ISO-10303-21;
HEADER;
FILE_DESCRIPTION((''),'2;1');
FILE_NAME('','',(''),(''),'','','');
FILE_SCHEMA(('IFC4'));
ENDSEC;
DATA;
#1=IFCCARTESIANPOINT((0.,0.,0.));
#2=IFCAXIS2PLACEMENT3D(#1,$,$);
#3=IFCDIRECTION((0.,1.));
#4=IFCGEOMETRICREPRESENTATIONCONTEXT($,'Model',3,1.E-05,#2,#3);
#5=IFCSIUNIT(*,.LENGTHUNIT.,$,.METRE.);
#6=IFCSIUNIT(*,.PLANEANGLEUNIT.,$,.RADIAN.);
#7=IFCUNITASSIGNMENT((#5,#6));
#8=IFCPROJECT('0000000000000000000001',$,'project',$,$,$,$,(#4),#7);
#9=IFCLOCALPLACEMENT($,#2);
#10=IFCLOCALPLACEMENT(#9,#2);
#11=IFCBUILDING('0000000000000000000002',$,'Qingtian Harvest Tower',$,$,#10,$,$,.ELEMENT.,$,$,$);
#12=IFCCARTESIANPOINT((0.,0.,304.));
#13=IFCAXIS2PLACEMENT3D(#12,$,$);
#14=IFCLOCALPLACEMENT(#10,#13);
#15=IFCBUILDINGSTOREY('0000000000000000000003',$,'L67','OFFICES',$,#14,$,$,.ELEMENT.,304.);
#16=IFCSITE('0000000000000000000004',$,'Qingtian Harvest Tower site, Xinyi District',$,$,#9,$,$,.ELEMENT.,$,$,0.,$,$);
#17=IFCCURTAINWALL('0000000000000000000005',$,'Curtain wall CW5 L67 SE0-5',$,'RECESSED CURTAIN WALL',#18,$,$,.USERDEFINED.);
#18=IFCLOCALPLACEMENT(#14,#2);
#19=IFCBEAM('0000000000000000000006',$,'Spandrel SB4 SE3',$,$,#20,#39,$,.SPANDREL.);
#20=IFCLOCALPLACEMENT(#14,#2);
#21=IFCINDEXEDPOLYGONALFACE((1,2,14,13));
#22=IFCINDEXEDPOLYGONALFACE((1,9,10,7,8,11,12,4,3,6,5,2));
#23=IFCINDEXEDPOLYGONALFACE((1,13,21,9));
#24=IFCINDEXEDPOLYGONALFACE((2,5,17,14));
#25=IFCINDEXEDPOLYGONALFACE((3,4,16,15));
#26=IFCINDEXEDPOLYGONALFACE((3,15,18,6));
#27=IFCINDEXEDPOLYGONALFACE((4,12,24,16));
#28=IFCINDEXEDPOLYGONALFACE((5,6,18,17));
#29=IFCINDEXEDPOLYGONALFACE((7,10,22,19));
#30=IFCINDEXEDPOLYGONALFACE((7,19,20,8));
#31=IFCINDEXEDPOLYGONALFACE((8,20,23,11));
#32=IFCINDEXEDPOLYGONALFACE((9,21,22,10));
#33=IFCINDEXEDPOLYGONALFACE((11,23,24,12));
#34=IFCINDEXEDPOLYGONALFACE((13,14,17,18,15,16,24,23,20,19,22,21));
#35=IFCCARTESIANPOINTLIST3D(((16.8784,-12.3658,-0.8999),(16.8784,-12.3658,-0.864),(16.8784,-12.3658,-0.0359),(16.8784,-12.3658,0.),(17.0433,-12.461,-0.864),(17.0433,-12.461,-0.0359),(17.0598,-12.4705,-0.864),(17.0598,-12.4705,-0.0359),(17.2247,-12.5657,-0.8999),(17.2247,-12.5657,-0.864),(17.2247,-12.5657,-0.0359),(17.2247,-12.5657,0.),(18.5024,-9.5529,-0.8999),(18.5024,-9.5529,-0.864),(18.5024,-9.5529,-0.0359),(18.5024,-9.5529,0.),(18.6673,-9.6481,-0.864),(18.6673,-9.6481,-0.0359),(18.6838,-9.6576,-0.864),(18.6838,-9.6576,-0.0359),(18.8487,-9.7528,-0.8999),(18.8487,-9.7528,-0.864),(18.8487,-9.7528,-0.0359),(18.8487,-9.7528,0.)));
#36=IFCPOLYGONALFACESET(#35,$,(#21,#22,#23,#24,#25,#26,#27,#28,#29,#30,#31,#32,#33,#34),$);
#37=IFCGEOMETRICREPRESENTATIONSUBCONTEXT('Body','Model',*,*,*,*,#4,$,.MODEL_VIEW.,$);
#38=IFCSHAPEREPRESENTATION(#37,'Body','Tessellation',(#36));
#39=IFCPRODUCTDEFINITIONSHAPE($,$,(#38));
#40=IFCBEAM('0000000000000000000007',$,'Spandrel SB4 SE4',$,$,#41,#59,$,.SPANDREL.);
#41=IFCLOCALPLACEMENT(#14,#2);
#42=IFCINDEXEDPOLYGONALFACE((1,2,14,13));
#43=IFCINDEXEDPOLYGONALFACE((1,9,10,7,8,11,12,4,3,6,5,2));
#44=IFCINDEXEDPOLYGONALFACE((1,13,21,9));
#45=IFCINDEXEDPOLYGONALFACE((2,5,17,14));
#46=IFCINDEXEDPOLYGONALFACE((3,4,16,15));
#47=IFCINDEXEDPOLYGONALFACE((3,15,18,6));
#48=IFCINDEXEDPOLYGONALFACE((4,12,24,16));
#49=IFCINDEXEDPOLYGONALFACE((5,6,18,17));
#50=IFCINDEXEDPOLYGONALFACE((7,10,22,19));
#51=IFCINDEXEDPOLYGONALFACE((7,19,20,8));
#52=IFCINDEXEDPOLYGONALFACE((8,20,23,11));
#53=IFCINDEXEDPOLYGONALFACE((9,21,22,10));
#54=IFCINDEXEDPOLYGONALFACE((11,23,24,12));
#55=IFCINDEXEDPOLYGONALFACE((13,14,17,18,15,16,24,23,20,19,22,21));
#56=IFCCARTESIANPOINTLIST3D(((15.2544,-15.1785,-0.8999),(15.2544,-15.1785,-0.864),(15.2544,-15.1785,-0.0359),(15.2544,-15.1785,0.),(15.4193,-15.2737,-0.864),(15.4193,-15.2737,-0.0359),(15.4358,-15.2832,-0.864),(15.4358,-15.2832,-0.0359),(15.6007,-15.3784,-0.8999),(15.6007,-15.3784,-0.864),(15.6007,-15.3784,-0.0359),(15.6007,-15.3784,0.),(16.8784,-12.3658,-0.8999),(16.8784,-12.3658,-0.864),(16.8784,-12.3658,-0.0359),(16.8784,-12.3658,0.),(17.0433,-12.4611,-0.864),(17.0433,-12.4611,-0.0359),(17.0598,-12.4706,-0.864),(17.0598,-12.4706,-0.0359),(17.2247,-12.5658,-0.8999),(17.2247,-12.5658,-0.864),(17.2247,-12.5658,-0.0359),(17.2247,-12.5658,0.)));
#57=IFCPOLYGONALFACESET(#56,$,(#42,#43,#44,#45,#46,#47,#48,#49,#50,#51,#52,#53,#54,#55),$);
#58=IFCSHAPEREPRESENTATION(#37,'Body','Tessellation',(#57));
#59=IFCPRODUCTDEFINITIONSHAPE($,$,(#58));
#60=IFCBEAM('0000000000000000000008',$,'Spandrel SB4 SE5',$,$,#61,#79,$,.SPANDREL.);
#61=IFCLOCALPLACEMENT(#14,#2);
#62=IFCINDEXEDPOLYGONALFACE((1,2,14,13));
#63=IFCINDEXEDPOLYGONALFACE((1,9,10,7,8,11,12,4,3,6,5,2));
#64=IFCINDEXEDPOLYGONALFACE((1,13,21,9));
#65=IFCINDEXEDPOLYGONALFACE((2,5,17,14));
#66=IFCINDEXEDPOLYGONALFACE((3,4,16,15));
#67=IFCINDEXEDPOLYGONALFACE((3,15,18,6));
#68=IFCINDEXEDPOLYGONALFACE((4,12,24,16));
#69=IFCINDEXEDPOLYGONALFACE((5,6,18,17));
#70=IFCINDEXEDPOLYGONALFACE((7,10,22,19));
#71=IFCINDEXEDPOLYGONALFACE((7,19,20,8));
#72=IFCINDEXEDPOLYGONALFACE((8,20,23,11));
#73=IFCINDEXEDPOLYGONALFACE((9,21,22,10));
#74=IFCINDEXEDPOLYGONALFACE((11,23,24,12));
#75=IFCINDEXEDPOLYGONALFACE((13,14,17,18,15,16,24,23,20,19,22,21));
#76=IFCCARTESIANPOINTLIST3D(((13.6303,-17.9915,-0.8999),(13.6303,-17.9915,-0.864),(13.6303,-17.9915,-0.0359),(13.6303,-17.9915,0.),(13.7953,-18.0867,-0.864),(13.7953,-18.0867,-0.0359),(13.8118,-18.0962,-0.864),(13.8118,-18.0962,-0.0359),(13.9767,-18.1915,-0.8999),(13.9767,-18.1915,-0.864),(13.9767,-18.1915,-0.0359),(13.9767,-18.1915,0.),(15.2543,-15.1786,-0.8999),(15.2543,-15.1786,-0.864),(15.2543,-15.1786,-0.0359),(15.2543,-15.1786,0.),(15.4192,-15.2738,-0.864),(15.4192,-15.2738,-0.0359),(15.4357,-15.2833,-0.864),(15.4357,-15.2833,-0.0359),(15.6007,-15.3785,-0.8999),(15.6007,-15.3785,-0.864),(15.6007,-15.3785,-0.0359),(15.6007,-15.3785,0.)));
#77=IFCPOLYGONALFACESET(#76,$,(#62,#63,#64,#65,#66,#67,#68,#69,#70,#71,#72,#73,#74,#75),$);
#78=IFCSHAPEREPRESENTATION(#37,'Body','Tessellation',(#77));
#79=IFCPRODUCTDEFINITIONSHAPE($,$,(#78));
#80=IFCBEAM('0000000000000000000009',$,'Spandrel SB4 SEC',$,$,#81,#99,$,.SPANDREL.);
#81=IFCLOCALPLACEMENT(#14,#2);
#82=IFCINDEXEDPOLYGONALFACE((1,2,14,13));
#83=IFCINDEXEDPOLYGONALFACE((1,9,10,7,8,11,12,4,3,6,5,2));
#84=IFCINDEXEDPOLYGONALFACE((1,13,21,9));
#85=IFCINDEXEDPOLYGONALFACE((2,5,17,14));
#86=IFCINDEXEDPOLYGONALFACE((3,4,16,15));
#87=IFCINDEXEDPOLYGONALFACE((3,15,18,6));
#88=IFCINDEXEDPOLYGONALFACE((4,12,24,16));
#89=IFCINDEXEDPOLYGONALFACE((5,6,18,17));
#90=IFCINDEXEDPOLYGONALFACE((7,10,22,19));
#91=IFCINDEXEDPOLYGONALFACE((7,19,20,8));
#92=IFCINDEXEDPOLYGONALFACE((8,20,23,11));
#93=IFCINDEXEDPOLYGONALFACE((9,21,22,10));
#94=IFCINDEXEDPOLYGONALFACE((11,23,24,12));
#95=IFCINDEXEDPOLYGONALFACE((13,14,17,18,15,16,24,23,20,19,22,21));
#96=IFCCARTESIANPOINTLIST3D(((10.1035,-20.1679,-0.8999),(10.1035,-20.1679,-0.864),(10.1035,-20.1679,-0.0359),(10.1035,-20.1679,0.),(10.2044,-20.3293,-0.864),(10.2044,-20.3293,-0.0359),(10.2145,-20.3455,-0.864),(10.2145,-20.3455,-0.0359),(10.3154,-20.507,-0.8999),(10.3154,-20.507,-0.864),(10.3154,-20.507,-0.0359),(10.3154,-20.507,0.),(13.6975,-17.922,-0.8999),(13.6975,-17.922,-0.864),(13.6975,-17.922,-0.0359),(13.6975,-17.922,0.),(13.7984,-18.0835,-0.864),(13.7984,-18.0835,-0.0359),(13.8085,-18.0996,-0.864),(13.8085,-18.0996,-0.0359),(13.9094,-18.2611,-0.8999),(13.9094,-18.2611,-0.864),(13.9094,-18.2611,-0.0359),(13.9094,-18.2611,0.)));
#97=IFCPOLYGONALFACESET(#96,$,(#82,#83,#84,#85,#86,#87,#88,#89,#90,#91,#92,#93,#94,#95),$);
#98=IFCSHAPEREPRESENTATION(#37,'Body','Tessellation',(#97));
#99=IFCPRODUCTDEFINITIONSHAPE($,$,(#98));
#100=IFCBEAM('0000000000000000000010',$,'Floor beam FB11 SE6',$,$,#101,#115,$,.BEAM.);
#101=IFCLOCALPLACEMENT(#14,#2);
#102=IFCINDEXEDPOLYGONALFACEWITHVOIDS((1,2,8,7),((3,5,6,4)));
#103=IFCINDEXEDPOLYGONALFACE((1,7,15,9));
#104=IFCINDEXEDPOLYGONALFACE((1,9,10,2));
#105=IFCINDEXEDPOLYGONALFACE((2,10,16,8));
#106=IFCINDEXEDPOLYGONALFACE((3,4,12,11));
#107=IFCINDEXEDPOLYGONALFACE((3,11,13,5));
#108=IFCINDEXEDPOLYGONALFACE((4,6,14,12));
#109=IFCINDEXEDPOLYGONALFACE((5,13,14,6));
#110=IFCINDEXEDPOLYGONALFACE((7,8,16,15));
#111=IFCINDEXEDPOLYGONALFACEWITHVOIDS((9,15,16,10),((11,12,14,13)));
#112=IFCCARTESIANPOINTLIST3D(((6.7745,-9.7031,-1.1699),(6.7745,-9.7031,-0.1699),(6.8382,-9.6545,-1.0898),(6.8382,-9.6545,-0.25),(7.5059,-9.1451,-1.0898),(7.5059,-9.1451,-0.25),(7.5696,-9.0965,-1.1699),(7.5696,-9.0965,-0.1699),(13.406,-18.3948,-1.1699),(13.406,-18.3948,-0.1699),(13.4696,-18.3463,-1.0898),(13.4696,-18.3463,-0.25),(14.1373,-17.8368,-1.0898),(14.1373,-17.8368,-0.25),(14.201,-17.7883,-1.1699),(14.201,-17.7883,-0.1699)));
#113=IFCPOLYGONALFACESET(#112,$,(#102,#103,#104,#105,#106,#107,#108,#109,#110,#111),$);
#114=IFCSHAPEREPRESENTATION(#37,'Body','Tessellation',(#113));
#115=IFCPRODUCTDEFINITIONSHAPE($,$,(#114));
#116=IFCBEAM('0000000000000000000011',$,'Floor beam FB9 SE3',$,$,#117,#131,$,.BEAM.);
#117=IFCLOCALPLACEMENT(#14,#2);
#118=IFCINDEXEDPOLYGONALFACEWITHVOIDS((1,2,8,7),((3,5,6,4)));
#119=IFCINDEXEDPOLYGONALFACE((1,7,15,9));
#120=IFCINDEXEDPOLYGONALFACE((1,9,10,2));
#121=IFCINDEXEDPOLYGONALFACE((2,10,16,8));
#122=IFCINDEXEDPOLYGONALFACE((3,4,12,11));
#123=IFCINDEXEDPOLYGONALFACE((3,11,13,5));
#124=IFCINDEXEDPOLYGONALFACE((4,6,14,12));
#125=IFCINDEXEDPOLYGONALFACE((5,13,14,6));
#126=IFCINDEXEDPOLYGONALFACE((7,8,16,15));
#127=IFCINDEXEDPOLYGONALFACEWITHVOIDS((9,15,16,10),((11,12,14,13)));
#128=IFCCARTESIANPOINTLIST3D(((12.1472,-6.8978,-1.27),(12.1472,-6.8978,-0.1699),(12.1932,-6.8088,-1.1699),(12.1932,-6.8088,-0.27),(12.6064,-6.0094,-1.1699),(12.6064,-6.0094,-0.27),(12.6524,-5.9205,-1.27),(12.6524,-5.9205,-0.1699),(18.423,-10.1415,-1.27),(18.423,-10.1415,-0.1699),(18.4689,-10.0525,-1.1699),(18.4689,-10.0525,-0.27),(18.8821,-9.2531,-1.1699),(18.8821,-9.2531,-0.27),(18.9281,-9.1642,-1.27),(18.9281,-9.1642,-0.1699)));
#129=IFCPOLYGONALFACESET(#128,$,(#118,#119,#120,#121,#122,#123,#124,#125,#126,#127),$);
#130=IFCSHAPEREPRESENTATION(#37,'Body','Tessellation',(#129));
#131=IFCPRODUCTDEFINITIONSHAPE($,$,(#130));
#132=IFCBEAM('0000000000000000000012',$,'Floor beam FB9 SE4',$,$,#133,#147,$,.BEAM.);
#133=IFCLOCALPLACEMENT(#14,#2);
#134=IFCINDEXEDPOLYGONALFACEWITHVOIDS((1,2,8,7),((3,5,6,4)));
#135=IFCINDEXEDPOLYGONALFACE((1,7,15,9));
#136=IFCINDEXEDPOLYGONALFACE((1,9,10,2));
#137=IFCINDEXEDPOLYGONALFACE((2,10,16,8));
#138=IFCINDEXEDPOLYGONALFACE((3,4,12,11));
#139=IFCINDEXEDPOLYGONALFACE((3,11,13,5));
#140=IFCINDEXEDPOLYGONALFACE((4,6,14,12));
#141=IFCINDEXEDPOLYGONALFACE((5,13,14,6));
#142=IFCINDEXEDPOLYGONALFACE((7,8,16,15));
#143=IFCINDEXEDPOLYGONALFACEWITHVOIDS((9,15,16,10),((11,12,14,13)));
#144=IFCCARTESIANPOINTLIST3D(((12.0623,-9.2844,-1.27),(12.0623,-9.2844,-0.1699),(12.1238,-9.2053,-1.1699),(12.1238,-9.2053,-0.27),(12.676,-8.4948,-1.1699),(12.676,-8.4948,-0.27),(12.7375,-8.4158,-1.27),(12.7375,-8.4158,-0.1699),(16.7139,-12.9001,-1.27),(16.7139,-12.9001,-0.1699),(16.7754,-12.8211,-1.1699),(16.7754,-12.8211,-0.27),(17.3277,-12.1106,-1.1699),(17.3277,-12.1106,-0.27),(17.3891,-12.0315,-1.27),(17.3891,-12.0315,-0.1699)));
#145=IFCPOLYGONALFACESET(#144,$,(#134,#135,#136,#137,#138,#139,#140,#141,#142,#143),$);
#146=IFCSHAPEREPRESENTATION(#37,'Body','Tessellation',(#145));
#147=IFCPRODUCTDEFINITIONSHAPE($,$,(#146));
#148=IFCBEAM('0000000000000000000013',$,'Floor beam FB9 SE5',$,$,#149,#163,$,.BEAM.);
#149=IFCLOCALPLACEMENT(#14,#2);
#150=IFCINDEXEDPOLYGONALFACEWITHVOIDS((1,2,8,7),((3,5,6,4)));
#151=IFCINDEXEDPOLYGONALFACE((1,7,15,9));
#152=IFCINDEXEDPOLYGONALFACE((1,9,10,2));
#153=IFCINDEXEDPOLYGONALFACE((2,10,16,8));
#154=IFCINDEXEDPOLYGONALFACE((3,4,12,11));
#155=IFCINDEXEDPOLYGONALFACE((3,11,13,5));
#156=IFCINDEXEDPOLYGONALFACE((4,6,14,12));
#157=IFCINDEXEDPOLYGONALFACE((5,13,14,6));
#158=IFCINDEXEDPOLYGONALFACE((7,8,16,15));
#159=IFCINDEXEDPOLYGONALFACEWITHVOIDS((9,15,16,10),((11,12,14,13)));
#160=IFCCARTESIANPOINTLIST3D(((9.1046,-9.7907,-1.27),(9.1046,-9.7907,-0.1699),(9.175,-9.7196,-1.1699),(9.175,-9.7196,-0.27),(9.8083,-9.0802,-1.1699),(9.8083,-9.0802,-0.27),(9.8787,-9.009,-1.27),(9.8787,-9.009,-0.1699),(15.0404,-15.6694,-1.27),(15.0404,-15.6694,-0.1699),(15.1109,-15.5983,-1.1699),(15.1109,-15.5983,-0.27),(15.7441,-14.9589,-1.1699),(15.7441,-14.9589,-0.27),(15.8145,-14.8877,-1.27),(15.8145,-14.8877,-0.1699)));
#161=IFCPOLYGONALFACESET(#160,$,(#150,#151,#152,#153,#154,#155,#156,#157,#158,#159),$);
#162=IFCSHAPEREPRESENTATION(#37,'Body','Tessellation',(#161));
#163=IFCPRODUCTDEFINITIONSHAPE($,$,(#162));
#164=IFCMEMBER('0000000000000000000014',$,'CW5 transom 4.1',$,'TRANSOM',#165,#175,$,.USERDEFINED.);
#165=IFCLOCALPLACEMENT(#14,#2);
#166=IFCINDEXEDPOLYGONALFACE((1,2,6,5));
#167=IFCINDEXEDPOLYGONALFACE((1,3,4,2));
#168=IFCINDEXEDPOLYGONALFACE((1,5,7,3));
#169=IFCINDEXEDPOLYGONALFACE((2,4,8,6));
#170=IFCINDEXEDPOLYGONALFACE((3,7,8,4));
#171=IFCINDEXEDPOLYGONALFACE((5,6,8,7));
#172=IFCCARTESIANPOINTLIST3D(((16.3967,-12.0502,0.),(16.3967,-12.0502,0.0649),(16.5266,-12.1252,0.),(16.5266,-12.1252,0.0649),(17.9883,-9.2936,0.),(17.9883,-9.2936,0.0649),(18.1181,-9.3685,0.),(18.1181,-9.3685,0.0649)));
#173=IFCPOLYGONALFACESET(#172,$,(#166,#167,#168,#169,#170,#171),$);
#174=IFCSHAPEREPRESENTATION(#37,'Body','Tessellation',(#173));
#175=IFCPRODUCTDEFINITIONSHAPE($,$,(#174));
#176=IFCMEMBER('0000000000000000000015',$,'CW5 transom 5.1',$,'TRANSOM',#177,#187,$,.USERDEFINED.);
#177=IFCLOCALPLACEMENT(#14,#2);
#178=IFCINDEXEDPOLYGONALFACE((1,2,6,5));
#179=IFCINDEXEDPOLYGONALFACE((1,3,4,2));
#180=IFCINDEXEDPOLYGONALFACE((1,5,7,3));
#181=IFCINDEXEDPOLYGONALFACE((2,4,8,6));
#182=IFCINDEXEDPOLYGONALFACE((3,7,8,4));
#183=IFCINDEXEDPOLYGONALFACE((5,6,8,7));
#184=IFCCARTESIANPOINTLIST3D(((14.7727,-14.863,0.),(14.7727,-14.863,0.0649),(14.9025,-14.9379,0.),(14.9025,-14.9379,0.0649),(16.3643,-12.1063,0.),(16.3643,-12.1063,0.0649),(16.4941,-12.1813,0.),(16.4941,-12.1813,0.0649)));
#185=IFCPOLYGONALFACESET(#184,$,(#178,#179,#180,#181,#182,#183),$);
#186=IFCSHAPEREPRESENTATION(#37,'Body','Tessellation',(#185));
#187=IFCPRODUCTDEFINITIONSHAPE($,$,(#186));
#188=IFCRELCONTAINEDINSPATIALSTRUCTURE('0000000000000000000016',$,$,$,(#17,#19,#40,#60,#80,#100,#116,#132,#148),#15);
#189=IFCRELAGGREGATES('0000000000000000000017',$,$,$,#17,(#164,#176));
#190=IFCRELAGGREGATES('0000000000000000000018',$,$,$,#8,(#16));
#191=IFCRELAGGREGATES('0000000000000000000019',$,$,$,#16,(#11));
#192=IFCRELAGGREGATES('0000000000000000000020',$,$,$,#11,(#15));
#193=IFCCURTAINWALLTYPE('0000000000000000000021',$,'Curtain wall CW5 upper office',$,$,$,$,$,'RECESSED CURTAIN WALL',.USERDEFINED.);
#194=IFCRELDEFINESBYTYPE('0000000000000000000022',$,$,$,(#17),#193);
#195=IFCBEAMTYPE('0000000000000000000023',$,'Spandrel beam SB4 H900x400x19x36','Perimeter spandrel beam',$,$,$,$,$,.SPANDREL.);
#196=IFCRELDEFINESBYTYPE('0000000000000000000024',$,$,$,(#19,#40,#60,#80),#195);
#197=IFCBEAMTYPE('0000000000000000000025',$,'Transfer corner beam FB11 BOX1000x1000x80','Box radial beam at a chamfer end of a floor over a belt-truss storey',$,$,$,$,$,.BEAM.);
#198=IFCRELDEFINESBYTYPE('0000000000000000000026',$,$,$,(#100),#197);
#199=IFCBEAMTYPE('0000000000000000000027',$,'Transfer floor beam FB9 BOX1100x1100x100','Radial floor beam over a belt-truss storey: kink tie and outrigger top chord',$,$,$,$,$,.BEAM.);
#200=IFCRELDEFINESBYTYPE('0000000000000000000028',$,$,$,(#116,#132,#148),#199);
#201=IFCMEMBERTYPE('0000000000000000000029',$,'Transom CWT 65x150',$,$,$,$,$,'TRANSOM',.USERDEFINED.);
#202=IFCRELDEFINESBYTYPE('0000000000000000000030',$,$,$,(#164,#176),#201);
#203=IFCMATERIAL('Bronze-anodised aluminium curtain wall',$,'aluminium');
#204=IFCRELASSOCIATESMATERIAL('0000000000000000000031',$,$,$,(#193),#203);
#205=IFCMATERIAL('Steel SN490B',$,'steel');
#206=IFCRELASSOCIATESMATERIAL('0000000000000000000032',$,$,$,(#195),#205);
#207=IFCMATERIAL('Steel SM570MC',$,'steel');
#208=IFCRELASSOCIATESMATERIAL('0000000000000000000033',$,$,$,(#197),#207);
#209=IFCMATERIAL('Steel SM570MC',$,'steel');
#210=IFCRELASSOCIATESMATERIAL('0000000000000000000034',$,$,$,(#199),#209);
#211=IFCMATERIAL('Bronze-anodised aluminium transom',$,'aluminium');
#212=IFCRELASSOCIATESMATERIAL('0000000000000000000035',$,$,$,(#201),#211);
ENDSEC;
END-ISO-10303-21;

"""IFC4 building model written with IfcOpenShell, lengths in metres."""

from ifc_helpers import new_model, si_unit, direction, frame, origin, origin_2d, place, context, subcontext, project, spatial, rectangle, hollow_rectangle, i_section, extrude, material, material_profile, profile_set, type_object, element, aggregate, save


model = new_model("IFC4")

# Units and contexts
model_context = context("Model", 3, precision=1e-05, world=origin(), true_north=direction((0.0, 1.0)))
body_context = subcontext(model_context, "Body", "Model", "MODEL_VIEW")
ifc_project = project(units=[si_unit("LENGTHUNIT", "METRE"), si_unit("PLANEANGLEUNIT", "RADIAN")], contexts=[model_context])

# Site, building, storey
site_placement = place(None, origin())
site = spatial("IfcSite", under=ifc_project, at=site_placement, Name="Qingtian Harvest Tower site, Xinyi District", CompositionType="ELEMENT", RefElevation=0.0)
building_placement = place(site_placement, origin())
building = spatial("IfcBuilding", under=site, at=building_placement, Name="Qingtian Harvest Tower", CompositionType="ELEMENT")
storey_placement = place(building_placement, frame((0.0, 0.0, 304.0)))
storey = spatial("IfcBuildingStorey", under=building, at=storey_placement, Name="L67", Description="OFFICES", CompositionType="ELEMENT", Elevation=304.0)

# Curtain wall
ifc_material_1 = material(Name="Bronze-anodised aluminium curtain wall", Category="aluminium")
curtain_wall_type = type_object("IfcCurtainWallType", Name="Curtain wall CW5 upper office", ElementType="RECESSED CURTAIN WALL", PredefinedType="USERDEFINED", material=ifc_material_1)
curtain_wall_1_placement = place(storey_placement, origin())
curtain_wall_1 = element("IfcCurtainWall", 1, at=curtain_wall_1_placement, inside=storey, type_object=curtain_wall_type, Name="Curtain wall CW5 L67 SE0-5", ObjectType="RECESSED CURTAIN WALL", PredefinedType="USERDEFINED")

# Beams
ifc_material_2 = material(Name="Steel SN490B", Category="steel")
ifc_material_profile_1 = material_profile(ifc_material_2, i_section(OverallWidth=0.3999, OverallDepth=0.8999, WebThickness=0.019, FlangeThickness=0.0359, at=origin_2d()), Name="H900x400x19x36")
ifc_profile_set_1 = profile_set([ifc_material_profile_1], Name="Steel SN490B")
beam_type_1 = type_object("IfcBeamType", Name="Spandrel beam SB4 H900x400x19x36", Description="Perimeter spandrel beam", PredefinedType="SPANDREL", material=ifc_profile_set_1)
beam_1_placement = place(storey_placement, frame((18.6755, -9.6528, -0.45), z_axis=(-0.499987, -0.866033, 0.0), x_axis=(0.866033, -0.499987, 0.0)))
element("IfcBeam", 2, at=beam_1_placement, inside=storey, type_object=beam_type_1, Name="Spandrel SB4 SE3", PredefinedType="SPANDREL", context=body_context, shape_type="SweptSolid", body=[
    extrude(i_section(OverallWidth=0.3999, OverallDepth=0.8999, WebThickness=0.019, FlangeThickness=0.0359, at=origin_2d()), origin(), (0.0, 0.0, 1.0), 3.248),
])
beam_2_placement = place(storey_placement, frame((17.0515, -12.4658, -0.45), z_axis=(-0.50002, -0.866014, 0.0), x_axis=(0.866014, -0.50002, 0.0)))
element("IfcBeam", 3, at=beam_2_placement, inside=storey, type_object=beam_type_1, Name="Spandrel SB4 SE4", PredefinedType="SPANDREL", context=body_context, shape_type="SweptSolid", body=[
    extrude(i_section(OverallWidth=0.3999, OverallDepth=0.8999, WebThickness=0.019, FlangeThickness=0.0359, at=origin_2d()), origin(), (0.0, 0.0, 1.0), 3.2478),
])
beam_3_placement = place(storey_placement, frame((15.4275, -15.2786, -0.45), z_axis=(-0.499987, -0.866033, 0.0), x_axis=(0.866033, -0.499987, 0.0)))
element("IfcBeam", 4, at=beam_3_placement, inside=storey, type_object=beam_type_1, Name="Spandrel SB4 SE5", PredefinedType="SPANDREL", context=body_context, shape_type="SweptSolid", body=[
    extrude(i_section(OverallWidth=0.3999, OverallDepth=0.8999, WebThickness=0.019, FlangeThickness=0.0359, at=origin_2d()), origin(), (0.0, 0.0, 1.0), 3.248),
])
beam_4_placement = place(storey_placement, frame((13.8035, -18.0916, -0.45), z_axis=(-0.84804, -0.529932, 0.0), x_axis=(0.529932, -0.84804, 0.0)))
element("IfcBeam", 5, at=beam_4_placement, inside=storey, type_object=beam_type_1, Name="Spandrel SB4 SEC", PredefinedType="SPANDREL", context=body_context, shape_type="SweptSolid", body=[
    extrude(i_section(OverallWidth=0.3999, OverallDepth=0.8999, WebThickness=0.019, FlangeThickness=0.0359, at=origin_2d()), origin(), (0.0, 0.0, 1.0), 4.238),
])
ifc_material_3 = material(Name="Steel SM570MC", Category="steel")
ifc_material_profile_2 = material_profile(ifc_material_3, hollow_rectangle(XDim=1.0, YDim=1.0, WallThickness=0.0801, at=origin_2d()), Name="BOX1000x1000x80")
ifc_profile_set_2 = profile_set([ifc_material_profile_2], Name="Steel SM570MC")
beam_type_2 = type_object("IfcBeamType", Name="Transfer corner beam FB11 BOX1000x1000x80", Description="Box radial beam at a chamfer end of a floor over a belt-truss storey", PredefinedType="BEAM", material=ifc_profile_set_2)
beam_5_placement = place(storey_placement, frame((13.8035, -18.0916, -0.6699), z_axis=(-0.606572, 0.795029, 0.0), x_axis=(-0.795029, -0.606572, 0.0)))
element("IfcBeam", 6, at=beam_5_placement, inside=storey, type_object=beam_type_2, Name="Floor beam FB11 SE6", PredefinedType="BEAM", context=body_context, shape_type="SweptSolid", body=[
    extrude(hollow_rectangle(XDim=1.0, YDim=1.0, WallThickness=0.0801, at=origin_2d()), origin(), (0.0, 0.0, 1.0), 10.9326),
])
ifc_material_4 = material(Name="Steel SM570MC", Category="steel")
ifc_material_profile_3 = material_profile(ifc_material_4, hollow_rectangle(XDim=1.1001, YDim=1.1001, WallThickness=0.1001, at=origin_2d()), Name="BOX1100x1100x100")
ifc_profile_set_3 = profile_set([ifc_material_profile_3], Name="Steel SM570MC")
beam_type_3 = type_object("IfcBeamType", Name="Transfer floor beam FB9 BOX1100x1100x100", Description="Radial floor beam over a belt-truss storey: kink tie and outrigger top chord", PredefinedType="BEAM", material=ifc_profile_set_3)
beam_6_placement = place(storey_placement, frame((18.6755, -9.6528, -0.72), z_axis=(-0.888354, 0.459159, 0.0), x_axis=(-0.459159, -0.888354, 0.0)))
element("IfcBeam", 7, at=beam_6_placement, inside=storey, type_object=beam_type_3, Name="Floor beam FB9 SE3", PredefinedType="BEAM", context=body_context, shape_type="SweptSolid", body=[
    extrude(hollow_rectangle(XDim=1.1001, YDim=1.1001, WallThickness=0.1001, at=origin_2d()), origin(), (0.0, 0.0, 1.0), 7.0645),
])
beam_7_placement = place(storey_placement, frame((17.0515, -12.4658, -0.72), z_axis=(-0.789533, 0.613708, 0.0), x_axis=(-0.613708, -0.789533, 0.0)))
element("IfcBeam", 8, at=beam_7_placement, inside=storey, type_object=beam_type_3, Name="Floor beam FB9 SE4", PredefinedType="BEAM", context=body_context, shape_type="SweptSolid", body=[
    extrude(hollow_rectangle(XDim=1.1001, YDim=1.1001, WallThickness=0.1001, at=origin_2d()), origin(), (0.0, 0.0, 1.0), 5.8916),
])
beam_8_placement = place(storey_placement, frame((15.4275, -15.2786, -0.72), z_axis=(-0.710518, 0.703679, 0.0), x_axis=(-0.703679, -0.710518, 0.0)))
element("IfcBeam", 9, at=beam_8_placement, inside=storey, type_object=beam_type_3, Name="Floor beam FB9 SE5", PredefinedType="BEAM", context=body_context, shape_type="SweptSolid", body=[
    extrude(hollow_rectangle(XDim=1.1001, YDim=1.1001, WallThickness=0.1001, at=origin_2d()), origin(), (0.0, 0.0, 1.0), 8.3542),
])

# Members
ifc_material_5 = material(Name="Bronze-anodised aluminium transom", Category="aluminium")
ifc_material_profile_4 = material_profile(ifc_material_5, rectangle(XDim=0.1499, YDim=0.0649, at=origin_2d()), Name="AL 65x150")
ifc_profile_set_4 = profile_set([ifc_material_profile_4], Name="Bronze-anodised aluminium transom")
member_type_1 = type_object("IfcMemberType", Name="Transom CWT 65x150", ElementType="TRANSOM", PredefinedType="USERDEFINED", material=ifc_profile_set_4)
member_1_placement = place(storey_placement, frame((18.0532, -9.3311, 0.0325), z_axis=(-0.500008, -0.866021, 0.0), x_axis=(0.866021, -0.500008, 0.0)))
member_1 = element("IfcMember", 10, at=member_1_placement, type_object=member_type_1, Name="CW5 transom 4.1", ObjectType="TRANSOM", PredefinedType="USERDEFINED", context=body_context, shape_type="SweptSolid", body=[
    extrude(rectangle(XDim=0.1499, YDim=0.0649, at=origin_2d()), origin(), (0.0, 0.0, 1.0), 3.1831),
])
member_2_placement = place(storey_placement, frame((16.4292, -12.1438, 0.0325), z_axis=(-0.500008, -0.866021, 0.0), x_axis=(0.866021, -0.500008, 0.0)))
member_2 = element("IfcMember", 11, at=member_2_placement, type_object=member_type_1, Name="CW5 transom 5.1", ObjectType="TRANSOM", PredefinedType="USERDEFINED", context=body_context, shape_type="SweptSolid", body=[
    extrude(rectangle(XDim=0.1499, YDim=0.0649, at=origin_2d()), origin(), (0.0, 0.0, 1.0), 3.1831),
])

aggregate(curtain_wall_1, [member_1, member_2])

save(model, "model.ifc")
